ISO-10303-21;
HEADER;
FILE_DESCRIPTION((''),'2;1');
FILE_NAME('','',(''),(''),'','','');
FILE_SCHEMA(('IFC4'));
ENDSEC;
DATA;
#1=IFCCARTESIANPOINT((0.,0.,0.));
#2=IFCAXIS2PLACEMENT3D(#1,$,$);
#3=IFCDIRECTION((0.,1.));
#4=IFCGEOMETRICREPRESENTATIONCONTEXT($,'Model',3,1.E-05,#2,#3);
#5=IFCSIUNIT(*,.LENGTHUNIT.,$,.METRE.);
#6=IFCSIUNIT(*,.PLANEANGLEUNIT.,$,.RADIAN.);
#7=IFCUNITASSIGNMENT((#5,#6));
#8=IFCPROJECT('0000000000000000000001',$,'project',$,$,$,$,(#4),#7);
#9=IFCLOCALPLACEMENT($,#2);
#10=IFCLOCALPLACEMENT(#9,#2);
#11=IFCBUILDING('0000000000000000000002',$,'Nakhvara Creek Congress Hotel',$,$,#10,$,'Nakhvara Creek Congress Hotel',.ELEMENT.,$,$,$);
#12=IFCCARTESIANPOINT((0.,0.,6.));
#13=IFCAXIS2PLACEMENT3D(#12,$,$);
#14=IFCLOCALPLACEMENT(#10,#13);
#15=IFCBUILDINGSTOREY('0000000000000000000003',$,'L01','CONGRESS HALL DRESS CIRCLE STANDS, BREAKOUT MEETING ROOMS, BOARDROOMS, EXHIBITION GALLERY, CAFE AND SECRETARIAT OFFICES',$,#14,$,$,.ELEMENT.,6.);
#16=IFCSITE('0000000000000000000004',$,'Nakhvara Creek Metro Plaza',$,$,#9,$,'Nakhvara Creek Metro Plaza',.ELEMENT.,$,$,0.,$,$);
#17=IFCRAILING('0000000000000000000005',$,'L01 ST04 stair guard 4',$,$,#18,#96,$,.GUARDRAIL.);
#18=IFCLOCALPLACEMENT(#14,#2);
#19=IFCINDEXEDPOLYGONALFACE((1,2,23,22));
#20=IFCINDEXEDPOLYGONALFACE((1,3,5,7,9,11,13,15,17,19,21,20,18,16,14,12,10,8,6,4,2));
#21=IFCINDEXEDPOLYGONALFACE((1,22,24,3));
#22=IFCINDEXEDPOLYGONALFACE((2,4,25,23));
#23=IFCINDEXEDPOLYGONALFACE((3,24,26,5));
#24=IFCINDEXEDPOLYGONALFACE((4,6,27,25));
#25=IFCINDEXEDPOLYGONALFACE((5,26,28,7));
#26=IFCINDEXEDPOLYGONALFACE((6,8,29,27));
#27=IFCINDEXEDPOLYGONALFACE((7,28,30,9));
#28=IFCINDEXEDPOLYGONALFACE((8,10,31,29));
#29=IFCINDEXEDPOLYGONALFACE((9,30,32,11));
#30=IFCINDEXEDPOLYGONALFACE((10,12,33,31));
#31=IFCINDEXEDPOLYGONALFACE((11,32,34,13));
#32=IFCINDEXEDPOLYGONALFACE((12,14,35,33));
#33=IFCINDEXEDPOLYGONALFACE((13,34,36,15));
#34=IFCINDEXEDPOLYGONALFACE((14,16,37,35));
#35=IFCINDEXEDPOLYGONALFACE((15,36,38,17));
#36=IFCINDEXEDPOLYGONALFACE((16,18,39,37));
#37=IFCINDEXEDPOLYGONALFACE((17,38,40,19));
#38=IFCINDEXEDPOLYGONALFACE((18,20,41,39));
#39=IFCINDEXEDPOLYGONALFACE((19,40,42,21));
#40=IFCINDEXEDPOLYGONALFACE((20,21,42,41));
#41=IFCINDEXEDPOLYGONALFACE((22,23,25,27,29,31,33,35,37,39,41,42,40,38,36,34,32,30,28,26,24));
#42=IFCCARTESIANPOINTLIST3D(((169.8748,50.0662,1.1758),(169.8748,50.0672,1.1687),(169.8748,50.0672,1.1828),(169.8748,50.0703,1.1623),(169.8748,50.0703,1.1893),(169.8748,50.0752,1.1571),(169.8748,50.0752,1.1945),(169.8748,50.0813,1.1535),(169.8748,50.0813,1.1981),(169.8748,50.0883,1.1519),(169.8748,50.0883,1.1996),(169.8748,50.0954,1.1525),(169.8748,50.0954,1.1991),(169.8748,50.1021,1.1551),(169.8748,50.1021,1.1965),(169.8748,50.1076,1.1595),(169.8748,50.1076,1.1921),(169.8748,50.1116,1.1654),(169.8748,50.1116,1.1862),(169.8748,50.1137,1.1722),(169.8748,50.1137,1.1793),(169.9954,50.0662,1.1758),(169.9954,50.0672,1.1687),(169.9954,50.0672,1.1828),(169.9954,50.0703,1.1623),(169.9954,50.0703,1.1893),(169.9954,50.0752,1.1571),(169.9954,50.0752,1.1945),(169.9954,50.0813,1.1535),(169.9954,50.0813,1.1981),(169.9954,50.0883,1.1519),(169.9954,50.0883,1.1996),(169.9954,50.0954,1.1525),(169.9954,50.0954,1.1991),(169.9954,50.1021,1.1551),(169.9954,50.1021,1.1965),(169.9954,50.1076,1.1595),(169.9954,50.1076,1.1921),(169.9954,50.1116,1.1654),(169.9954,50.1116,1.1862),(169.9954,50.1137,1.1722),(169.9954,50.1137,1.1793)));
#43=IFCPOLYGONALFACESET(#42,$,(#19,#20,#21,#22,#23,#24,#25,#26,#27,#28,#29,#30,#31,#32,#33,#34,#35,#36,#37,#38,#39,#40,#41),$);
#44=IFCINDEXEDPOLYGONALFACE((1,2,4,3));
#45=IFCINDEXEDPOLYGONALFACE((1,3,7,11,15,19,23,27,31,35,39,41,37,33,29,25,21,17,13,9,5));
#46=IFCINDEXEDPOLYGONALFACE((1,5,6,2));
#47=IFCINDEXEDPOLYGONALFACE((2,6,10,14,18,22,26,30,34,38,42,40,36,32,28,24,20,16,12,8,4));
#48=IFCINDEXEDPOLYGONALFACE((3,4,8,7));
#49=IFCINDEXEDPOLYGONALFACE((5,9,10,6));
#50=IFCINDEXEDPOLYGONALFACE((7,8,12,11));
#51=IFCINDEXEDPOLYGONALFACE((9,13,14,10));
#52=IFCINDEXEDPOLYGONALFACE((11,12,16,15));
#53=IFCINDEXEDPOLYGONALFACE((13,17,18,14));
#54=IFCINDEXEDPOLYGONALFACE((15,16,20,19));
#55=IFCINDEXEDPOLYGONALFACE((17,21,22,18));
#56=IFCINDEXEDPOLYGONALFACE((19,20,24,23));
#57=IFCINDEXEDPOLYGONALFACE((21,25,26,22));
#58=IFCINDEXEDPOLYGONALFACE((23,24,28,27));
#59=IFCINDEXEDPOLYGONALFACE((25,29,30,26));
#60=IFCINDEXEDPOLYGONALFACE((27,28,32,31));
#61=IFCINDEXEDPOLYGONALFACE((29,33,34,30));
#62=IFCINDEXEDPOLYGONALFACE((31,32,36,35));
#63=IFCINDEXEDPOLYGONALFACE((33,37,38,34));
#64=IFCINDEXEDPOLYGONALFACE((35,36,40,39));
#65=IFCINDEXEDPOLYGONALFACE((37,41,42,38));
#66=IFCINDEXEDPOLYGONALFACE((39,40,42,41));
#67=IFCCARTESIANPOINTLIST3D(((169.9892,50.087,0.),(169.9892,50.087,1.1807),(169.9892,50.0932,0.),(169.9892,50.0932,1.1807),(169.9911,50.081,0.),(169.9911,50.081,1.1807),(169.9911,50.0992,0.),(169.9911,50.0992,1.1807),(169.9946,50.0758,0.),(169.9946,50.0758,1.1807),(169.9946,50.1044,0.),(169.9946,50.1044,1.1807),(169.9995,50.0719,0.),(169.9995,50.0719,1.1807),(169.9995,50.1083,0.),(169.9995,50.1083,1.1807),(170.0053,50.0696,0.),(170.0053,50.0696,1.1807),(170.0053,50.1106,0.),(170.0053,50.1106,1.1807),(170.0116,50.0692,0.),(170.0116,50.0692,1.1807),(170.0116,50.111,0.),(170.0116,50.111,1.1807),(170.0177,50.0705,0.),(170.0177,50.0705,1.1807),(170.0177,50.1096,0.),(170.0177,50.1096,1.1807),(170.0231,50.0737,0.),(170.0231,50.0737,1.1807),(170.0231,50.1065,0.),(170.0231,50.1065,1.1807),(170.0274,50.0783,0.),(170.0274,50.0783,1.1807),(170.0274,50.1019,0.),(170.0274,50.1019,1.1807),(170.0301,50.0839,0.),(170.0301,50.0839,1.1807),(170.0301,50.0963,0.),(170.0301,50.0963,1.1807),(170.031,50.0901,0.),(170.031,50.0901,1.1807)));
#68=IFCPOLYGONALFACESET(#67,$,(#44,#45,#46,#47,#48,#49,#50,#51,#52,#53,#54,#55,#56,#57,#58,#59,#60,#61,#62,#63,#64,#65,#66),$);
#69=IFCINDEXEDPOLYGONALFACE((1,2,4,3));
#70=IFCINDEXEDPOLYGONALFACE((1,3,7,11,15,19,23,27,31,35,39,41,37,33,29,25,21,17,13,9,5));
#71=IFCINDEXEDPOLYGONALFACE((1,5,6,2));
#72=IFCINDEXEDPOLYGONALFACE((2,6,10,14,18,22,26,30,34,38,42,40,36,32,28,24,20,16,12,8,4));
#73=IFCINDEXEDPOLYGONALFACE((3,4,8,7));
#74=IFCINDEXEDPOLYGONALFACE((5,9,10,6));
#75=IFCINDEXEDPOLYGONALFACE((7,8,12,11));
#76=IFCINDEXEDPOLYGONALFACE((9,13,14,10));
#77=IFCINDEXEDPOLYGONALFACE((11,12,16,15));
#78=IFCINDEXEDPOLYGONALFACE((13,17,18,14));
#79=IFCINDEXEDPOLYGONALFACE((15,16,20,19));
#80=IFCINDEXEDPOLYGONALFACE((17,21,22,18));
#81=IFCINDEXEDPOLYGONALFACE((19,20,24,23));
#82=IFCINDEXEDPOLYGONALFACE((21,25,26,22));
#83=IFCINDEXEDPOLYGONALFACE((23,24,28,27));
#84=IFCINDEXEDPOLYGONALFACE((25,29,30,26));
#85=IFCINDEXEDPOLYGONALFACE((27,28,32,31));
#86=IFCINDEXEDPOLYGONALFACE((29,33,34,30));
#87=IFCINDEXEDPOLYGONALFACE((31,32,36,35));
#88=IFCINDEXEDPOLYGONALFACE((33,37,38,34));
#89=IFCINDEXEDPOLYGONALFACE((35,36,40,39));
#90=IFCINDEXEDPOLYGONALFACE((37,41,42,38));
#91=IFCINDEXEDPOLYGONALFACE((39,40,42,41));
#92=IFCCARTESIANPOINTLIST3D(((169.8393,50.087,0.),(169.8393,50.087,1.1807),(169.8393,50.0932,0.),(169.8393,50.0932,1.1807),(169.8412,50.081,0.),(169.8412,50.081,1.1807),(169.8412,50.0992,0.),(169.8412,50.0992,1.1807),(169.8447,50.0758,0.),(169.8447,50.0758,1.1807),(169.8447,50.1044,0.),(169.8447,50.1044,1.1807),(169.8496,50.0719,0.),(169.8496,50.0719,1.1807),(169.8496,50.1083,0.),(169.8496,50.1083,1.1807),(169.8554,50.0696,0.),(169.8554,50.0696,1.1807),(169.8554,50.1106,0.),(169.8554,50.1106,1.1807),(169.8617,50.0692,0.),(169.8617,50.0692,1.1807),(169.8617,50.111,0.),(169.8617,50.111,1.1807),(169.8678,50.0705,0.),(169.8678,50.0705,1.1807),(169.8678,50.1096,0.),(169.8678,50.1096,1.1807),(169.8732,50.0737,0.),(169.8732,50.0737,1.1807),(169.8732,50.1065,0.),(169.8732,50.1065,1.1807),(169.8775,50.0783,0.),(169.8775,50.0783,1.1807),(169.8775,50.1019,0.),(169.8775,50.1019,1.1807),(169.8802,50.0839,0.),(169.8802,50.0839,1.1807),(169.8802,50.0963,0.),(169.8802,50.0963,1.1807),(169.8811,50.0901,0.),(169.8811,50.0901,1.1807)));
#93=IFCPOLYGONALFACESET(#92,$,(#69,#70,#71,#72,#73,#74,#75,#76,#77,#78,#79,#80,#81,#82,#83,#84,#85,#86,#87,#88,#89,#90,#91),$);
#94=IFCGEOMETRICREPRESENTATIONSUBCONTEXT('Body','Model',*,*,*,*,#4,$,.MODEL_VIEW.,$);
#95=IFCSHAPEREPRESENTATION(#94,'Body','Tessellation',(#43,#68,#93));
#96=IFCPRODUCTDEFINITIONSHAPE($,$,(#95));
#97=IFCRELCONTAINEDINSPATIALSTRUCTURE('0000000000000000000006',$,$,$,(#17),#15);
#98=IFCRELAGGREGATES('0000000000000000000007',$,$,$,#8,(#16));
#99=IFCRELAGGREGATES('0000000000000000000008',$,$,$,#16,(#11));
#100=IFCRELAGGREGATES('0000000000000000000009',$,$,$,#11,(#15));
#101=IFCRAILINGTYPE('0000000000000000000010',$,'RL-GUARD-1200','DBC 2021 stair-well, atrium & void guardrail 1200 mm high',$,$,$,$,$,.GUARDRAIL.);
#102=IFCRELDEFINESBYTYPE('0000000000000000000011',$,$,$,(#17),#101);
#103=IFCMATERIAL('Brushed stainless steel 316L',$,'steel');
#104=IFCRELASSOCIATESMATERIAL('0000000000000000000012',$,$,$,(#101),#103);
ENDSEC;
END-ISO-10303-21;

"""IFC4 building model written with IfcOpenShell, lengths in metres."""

from ifc_helpers import new_model, si_unit, direction, frame, origin, origin_2d, place, context, subcontext, project, spatial, circle, extrude, material, type_object, element, save


model = new_model("IFC4")

# Units and contexts
model_context = context("Model", 3, precision=1e-05, world=origin(), true_north=direction((0.0, 1.0)))
body_context = subcontext(model_context, "Body", "Model", "MODEL_VIEW")
ifc_project = project(units=[si_unit("LENGTHUNIT", "METRE"), si_unit("PLANEANGLEUNIT", "RADIAN")], contexts=[model_context])

# Site, building, storey
site_placement = place(None, origin())
site = spatial("IfcSite", under=ifc_project, at=site_placement, Name="Nakhvara Creek Metro Plaza", LongName="Nakhvara Creek Metro Plaza", CompositionType="ELEMENT", RefElevation=0.0)
building_placement = place(site_placement, origin())
building = spatial("IfcBuilding", under=site, at=building_placement, Name="Nakhvara Creek Congress Hotel", LongName="Nakhvara Creek Congress Hotel", CompositionType="ELEMENT")
storey_placement = place(building_placement, frame((0.0, 0.0, 6.0)))
storey = spatial("IfcBuildingStorey", under=building, at=storey_placement, Name="L01", Description="CONGRESS HALL DRESS CIRCLE STANDS, BREAKOUT MEETING ROOMS, BOARDROOMS, EXHIBITION GALLERY, CAFE AND SECRETARIAT OFFICES", CompositionType="ELEMENT", Elevation=6.0)

# Railing
ifc_material_1 = material(Name="Brushed stainless steel 316L", Category="steel")
railing_type_1 = type_object("IfcRailingType", Name="RL-GUARD-1200", Description="DBC 2021 stair-well, atrium & void guardrail 1200 mm high", PredefinedType="GUARDRAIL", material=ifc_material_1)
railing_1_placement = place(storey_placement, frame((170.01, 50.0901, 0.0)))
element("IfcRailing", 1, at=railing_1_placement, inside=storey, type_object=railing_type_1, Name="L01 ST04 stair guard 4", PredefinedType="GUARDRAIL", context=body_context, shape_type="SweptSolid", body=[
    extrude(circle(Radius=0.0239, at=origin_2d()), frame((-0.0146, 0.0, 1.1758), z_axis=(-1.0, 0.0, 0.0), x_axis=(0.0, -1.0, 0.0)), (0.0, 0.0, 1.0), 0.1206),
    extrude(circle(Radius=0.021, at=origin_2d()), origin(), (0.0, 0.0, 1.0), 1.1807),
    extrude(circle(Radius=0.021, at=origin_2d()), frame((-0.1499, 0.0, 0.0)), (0.0, 0.0, 1.0), 1.1807),
])

save(model, "model.ifc")
